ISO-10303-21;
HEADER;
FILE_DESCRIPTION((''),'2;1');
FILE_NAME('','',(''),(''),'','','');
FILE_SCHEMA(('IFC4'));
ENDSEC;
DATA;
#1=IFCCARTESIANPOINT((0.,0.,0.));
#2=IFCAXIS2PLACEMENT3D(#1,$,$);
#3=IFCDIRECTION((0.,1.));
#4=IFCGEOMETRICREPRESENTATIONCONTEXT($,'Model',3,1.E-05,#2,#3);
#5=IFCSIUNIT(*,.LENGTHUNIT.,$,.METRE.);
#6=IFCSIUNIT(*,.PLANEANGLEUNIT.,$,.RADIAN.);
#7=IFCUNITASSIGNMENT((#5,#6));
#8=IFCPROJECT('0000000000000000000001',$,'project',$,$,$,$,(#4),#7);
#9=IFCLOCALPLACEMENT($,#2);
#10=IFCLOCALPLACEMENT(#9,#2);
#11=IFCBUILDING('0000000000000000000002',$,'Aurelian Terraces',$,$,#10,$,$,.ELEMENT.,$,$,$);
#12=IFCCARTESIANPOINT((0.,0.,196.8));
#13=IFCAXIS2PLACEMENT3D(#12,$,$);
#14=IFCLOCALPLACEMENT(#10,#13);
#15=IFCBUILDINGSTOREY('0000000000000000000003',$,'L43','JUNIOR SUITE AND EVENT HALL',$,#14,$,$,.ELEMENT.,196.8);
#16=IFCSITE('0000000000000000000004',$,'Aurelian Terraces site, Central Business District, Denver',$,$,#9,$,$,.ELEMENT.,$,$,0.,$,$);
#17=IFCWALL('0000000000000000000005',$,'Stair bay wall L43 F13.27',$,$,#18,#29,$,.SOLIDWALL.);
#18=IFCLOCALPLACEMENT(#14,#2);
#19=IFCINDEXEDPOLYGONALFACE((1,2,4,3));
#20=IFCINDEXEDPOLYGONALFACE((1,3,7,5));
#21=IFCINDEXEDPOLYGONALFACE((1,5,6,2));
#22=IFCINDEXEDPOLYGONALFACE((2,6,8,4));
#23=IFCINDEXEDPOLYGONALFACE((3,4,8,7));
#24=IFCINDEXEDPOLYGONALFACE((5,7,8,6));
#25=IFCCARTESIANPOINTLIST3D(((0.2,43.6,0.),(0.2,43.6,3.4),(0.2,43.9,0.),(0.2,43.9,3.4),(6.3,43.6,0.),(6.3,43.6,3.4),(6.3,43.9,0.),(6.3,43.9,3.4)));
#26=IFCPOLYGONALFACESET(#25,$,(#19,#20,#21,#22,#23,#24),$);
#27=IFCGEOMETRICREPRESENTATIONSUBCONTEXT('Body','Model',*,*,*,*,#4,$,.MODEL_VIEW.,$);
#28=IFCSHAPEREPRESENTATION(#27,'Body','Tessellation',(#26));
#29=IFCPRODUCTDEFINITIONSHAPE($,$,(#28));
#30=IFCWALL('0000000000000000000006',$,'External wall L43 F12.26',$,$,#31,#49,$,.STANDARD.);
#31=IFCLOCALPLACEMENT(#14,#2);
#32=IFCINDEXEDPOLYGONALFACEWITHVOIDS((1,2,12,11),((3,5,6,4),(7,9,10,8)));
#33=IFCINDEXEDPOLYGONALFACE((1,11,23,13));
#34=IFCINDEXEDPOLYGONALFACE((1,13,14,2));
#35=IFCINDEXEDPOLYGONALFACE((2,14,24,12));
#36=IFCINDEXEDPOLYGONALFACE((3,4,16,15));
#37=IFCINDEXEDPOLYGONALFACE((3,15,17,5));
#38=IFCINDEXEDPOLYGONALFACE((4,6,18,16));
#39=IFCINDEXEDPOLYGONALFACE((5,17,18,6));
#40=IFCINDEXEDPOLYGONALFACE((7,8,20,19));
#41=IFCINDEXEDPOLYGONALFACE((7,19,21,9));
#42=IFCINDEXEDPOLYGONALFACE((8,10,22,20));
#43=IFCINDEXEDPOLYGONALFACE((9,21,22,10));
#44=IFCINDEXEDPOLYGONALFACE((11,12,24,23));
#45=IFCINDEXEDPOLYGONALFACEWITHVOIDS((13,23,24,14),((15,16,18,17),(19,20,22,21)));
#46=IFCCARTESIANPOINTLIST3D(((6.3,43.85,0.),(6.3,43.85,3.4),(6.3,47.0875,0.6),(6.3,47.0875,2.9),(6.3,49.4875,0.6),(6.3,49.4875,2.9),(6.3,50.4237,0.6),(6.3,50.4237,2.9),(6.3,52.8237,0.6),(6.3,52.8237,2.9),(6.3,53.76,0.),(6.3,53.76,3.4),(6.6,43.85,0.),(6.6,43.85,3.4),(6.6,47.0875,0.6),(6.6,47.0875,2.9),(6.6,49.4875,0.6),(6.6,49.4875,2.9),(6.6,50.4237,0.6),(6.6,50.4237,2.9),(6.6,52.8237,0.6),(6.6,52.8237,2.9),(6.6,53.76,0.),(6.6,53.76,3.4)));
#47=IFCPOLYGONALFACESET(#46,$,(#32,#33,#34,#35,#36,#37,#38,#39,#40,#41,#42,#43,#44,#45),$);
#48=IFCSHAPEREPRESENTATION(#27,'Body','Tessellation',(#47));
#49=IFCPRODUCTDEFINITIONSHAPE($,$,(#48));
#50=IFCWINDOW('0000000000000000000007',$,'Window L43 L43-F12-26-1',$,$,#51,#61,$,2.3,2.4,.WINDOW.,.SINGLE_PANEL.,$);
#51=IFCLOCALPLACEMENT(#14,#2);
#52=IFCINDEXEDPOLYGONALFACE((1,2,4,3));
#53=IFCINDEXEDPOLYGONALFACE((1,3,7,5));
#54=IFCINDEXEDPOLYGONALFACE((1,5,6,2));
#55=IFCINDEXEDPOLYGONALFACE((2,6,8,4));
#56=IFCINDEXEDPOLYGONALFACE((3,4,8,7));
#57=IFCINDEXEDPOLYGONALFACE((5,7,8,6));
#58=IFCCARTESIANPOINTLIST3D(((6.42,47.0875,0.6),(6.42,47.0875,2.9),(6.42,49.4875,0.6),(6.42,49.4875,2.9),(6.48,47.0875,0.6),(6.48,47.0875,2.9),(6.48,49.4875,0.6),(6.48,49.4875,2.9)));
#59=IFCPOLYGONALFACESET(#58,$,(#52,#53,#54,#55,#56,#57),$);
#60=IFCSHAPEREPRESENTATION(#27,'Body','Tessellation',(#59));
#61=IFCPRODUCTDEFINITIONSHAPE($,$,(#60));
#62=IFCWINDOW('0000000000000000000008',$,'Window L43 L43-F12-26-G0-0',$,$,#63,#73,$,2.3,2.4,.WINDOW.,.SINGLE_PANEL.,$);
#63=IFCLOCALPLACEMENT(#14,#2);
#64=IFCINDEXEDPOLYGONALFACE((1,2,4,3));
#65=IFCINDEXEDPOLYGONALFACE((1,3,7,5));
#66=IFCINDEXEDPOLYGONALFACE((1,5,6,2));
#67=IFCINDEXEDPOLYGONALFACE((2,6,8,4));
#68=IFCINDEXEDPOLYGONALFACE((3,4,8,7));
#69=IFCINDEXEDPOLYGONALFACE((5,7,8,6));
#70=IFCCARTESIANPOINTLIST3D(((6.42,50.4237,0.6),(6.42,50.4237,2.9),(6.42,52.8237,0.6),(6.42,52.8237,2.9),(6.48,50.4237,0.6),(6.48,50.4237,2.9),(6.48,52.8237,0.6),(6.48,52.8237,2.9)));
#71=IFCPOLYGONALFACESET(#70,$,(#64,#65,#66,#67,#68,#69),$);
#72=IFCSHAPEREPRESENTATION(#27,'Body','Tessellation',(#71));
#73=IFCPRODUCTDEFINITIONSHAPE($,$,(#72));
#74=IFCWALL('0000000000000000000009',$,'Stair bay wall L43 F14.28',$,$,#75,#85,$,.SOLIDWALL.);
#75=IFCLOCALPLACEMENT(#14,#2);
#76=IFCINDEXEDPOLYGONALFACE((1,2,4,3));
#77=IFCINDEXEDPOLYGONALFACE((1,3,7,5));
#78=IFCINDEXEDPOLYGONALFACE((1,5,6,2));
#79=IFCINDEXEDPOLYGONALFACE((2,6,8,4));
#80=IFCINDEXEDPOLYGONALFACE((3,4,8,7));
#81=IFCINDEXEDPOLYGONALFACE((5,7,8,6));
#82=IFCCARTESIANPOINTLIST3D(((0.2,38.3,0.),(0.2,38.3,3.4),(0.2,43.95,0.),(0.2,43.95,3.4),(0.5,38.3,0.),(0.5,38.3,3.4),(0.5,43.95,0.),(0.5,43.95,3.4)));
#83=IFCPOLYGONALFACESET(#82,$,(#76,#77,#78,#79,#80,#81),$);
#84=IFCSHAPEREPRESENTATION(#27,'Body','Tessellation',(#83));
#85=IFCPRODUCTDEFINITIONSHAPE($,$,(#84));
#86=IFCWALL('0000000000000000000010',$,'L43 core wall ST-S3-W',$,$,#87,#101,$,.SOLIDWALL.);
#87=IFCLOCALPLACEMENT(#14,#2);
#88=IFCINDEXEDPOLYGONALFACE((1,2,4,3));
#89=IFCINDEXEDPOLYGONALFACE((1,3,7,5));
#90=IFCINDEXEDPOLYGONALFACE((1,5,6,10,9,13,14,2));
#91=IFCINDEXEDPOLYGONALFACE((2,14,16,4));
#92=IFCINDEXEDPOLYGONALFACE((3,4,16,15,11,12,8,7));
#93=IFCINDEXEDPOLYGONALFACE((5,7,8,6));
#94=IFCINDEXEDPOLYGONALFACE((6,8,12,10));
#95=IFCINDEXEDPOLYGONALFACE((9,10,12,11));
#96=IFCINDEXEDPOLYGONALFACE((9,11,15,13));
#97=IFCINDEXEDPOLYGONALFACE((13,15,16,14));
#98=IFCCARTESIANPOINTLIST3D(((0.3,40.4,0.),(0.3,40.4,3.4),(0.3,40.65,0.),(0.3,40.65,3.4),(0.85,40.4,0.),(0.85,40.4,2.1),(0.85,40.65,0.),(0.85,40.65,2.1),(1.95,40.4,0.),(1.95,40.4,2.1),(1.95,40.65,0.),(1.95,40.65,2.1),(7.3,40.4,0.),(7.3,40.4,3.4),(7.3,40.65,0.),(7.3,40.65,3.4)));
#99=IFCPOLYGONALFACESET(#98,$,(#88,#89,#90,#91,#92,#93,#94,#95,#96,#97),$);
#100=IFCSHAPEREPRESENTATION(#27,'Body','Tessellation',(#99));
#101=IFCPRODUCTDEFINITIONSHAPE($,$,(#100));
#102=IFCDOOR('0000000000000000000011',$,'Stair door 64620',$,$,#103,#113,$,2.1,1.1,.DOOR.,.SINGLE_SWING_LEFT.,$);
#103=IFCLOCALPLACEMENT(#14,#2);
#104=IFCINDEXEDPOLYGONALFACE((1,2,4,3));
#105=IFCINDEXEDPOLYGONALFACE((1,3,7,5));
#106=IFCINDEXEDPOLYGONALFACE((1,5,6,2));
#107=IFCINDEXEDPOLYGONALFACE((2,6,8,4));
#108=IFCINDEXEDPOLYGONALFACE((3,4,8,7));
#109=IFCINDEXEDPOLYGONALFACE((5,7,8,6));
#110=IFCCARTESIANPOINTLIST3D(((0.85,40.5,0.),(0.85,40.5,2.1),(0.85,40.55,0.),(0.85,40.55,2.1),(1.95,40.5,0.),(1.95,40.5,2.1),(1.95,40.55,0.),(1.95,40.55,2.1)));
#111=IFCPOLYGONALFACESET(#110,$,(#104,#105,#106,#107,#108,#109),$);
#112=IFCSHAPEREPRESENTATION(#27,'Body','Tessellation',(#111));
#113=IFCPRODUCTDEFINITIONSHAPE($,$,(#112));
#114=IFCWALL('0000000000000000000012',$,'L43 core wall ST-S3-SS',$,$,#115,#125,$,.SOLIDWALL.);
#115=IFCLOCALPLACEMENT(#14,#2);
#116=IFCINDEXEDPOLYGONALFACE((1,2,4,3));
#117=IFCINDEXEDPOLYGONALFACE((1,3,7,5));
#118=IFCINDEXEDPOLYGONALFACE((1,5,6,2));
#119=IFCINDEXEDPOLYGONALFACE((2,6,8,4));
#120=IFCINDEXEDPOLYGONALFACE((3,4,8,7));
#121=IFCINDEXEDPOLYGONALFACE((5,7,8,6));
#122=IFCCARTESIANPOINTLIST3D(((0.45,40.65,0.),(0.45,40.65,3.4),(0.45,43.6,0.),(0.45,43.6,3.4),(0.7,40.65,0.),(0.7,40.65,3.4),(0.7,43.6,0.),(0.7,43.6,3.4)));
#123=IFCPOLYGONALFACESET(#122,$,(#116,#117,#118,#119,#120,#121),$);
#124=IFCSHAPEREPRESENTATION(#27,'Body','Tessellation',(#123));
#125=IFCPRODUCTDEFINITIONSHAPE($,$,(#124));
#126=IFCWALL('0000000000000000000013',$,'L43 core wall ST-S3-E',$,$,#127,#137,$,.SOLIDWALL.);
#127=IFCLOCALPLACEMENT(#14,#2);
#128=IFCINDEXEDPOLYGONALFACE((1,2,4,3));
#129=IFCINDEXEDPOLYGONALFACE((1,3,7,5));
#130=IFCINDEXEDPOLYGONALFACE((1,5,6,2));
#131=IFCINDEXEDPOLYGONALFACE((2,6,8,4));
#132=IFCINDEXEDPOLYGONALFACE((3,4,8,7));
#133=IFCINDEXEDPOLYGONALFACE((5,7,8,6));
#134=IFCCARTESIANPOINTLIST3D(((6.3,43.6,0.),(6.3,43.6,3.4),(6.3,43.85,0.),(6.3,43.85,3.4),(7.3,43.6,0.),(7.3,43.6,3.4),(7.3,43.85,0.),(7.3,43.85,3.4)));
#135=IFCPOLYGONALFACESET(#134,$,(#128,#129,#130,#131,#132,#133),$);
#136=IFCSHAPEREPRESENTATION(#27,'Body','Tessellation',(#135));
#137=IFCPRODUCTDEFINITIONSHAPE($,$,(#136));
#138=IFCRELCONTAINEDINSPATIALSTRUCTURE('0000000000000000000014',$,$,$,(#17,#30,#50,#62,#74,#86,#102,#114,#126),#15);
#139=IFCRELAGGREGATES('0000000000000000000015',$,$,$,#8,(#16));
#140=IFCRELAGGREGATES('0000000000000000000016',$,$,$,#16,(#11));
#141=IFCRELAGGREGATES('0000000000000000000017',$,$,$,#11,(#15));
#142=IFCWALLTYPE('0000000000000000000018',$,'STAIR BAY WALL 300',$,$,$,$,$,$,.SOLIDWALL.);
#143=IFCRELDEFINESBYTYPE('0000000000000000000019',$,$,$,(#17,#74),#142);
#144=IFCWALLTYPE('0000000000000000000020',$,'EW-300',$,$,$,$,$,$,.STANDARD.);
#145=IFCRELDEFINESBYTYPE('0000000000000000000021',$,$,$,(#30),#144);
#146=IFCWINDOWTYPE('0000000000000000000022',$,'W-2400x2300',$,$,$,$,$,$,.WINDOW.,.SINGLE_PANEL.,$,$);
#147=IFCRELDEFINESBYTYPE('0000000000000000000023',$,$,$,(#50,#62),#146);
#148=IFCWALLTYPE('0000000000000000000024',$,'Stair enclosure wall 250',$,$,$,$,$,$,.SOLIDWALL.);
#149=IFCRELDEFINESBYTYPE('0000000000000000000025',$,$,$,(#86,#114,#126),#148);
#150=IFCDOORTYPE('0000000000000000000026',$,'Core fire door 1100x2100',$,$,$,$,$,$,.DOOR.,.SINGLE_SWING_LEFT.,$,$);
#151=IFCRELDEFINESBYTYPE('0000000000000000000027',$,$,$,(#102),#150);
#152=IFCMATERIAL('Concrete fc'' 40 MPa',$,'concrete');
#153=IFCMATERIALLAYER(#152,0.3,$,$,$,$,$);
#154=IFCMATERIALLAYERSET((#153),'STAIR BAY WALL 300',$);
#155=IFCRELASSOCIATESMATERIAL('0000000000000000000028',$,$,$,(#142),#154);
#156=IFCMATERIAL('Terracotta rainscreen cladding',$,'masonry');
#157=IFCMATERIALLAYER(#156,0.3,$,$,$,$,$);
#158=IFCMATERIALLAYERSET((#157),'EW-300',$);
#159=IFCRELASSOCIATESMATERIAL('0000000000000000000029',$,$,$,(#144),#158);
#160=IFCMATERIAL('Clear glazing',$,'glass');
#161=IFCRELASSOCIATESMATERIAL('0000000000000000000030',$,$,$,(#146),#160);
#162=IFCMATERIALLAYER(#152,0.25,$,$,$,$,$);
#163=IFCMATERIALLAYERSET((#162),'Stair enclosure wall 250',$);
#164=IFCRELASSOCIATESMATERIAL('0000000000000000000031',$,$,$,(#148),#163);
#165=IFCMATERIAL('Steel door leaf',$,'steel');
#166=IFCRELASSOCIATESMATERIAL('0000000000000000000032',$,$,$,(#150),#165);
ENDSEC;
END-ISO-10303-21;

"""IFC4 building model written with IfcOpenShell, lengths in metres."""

from ifc_helpers import new_model, si_unit, direction, frame, frame_2d, origin, place, context, subcontext, project, spatial, rectangle, extrude, source, transform, mapped, material, layer, layer_set, type_object, element, fill, save


model = new_model("IFC4")

# Units and contexts
model_context = context("Model", 3, precision=1e-05, world=origin(), true_north=direction((0.0, 1.0)))
body_context = subcontext(model_context, "Body", "Model", "MODEL_VIEW")
ifc_project = project(units=[si_unit("LENGTHUNIT", "METRE"), si_unit("PLANEANGLEUNIT", "RADIAN")], contexts=[model_context])

# Site, building, storey
site_placement = place(None, origin())
site = spatial("IfcSite", under=ifc_project, at=site_placement, Name="Aurelian Terraces site, Central Business District, Denver", CompositionType="ELEMENT", RefElevation=0.0)
building_placement = place(site_placement, origin())
building = spatial("IfcBuilding", under=site, at=building_placement, Name="Aurelian Terraces", CompositionType="ELEMENT")
storey_placement = place(building_placement, frame((0.0, 0.0, 196.8)))
storey = spatial("IfcBuildingStorey", under=building, at=storey_placement, Name="L43", Description="JUNIOR SUITE AND EVENT HALL", CompositionType="ELEMENT", Elevation=196.8)

# Wall
ifc_material_1 = material(Name="Concrete fc' 40 MPa", Category="concrete")
ifc_layer_1 = layer(ifc_material_1, 0.3)
ifc_layer_set_1 = layer_set([ifc_layer_1], Name="STAIR BAY WALL 300")
wall_type_1 = type_object("IfcWallType", Name="STAIR BAY WALL 300", PredefinedType="SOLIDWALL", material=ifc_layer_set_1)
shared_shape_1 = source(origin(), body_context, "Body", "SweptSolid", [
    extrude(rectangle(XDim=6.1, YDim=0.3, at=frame_2d((3.05, 0.0))), origin(), (0.0, 0.0, 1.0), 3.4),
])
wall_1_placement = place(storey_placement, frame((6.3, 43.75, 0.0), z_axis=(0.0, 0.0, 1.0), x_axis=(-1.0, 0.0, 0.0)))
element("IfcWall", 1, at=wall_1_placement, inside=storey, type_object=wall_type_1, Name="Stair bay wall L43 F13.27", PredefinedType="SOLIDWALL", context=body_context, shape_type="MappedRepresentation", body=[
    mapped(shared_shape_1, transform((0.0, 0.0, 0.0), scale=1.0)),
])

# Wall, openings, windows
ifc_material_2 = material(Name="Terracotta rainscreen cladding", Category="masonry")
ifc_layer_2 = layer(ifc_material_2, 0.3)
ifc_layer_set_2 = layer_set([ifc_layer_2], Name="EW-300")
wall_type_2 = type_object("IfcWallType", Name="EW-300", PredefinedType="STANDARD", material=ifc_layer_set_2)
shared_shape_2 = source(origin(), body_context, "Body", "SweptSolid", [
    extrude(rectangle(XDim=9.91, YDim=0.3, at=frame_2d((4.955, 0.0))), origin(), (0.0, 0.0, 1.0), 3.4),
])
wall_2_placement = place(storey_placement, frame((6.45, 53.76, 0.0), z_axis=(0.0, 0.0, 1.0), x_axis=(0.0, -1.0, 0.0)))
wall_2 = element("IfcWall", 2, at=wall_2_placement, inside=storey, type_object=wall_type_2, Name="External wall L43 F12.26", PredefinedType="STANDARD", context=body_context, shape_type="MappedRepresentation", body=[
    mapped(shared_shape_2, transform((0.0, 0.0, 0.0), scale=1.0)),
])
shared_shape_3 = source(origin(), body_context, "Body", "SweptSolid", [
    extrude(rectangle(XDim=2.4, YDim=2.3, at=frame_2d((1.2, 1.15))), frame((0.0, 0.16, 0.0), z_axis=(0.0, -1.0, 0.0), x_axis=(1.0, 0.0, 0.0)), (0.0, 0.0, 1.0), 0.32),
])
opening_1_placement = place(wall_2_placement, frame((4.2725, 0.0, 0.6)))
opening_1 = element("IfcOpeningElement", 3, at=opening_1_placement, cuts=wall_2, PredefinedType="OPENING", context=body_context, shape_type="MappedRepresentation", body=[
    mapped(shared_shape_3, transform((0.0, 0.0, 0.0), scale=1.0)),
])
opening_2_placement = place(wall_2_placement, frame((0.9363, 0.0, 0.6)))
opening_2 = element("IfcOpeningElement", 4, at=opening_2_placement, cuts=wall_2, PredefinedType="OPENING", context=body_context, shape_type="MappedRepresentation", body=[
    mapped(shared_shape_3, transform((0.0, 0.0, 0.0), scale=1.0)),
])
ifc_material_3 = material(Name="Clear glazing", Category="glass")
window_type = type_object("IfcWindowType", Name="W-2400x2300", PartitioningType="SINGLE_PANEL", PredefinedType="WINDOW", material=ifc_material_3)
shared_shape_4 = source(origin(), body_context, "Body", "SweptSolid", [
    extrude(rectangle(XDim=2.4, YDim=2.3, at=frame_2d((1.2, 1.15))), frame((0.0, 0.03, 0.0), z_axis=(0.0, -1.0, 0.0), x_axis=(1.0, 0.0, 0.0)), (0.0, 0.0, 1.0), 0.06),
])
window_1_placement = place(opening_1_placement, origin())
window_1 = element("IfcWindow", 5, at=window_1_placement, inside=storey, type_object=window_type, Name="Window L43 L43-F12-26-1", OverallHeight=2.3, OverallWidth=2.4, PartitioningType="SINGLE_PANEL", PredefinedType="WINDOW", context=body_context, shape_type="MappedRepresentation", body=[
    mapped(shared_shape_4, transform((0.0, 0.0, 0.0), scale=1.0)),
])
fill(opening_1, window_1)
window_2_placement = place(opening_2_placement, origin())
window_2 = element("IfcWindow", 6, at=window_2_placement, inside=storey, type_object=window_type, Name="Window L43 L43-F12-26-G0-0", OverallHeight=2.3, OverallWidth=2.4, PartitioningType="SINGLE_PANEL", PredefinedType="WINDOW", context=body_context, shape_type="MappedRepresentation", body=[
    mapped(shared_shape_4, transform((0.0, 0.0, 0.0), scale=1.0)),
])
fill(opening_2, window_2)

# Wall
shared_shape_5 = source(origin(), body_context, "Body", "SweptSolid", [
    extrude(rectangle(XDim=5.65, YDim=0.3, at=frame_2d((2.825, 0.0))), origin(), (0.0, 0.0, 1.0), 3.4),
])
wall_3_placement = place(storey_placement, frame((0.35, 43.95, 0.0), z_axis=(0.0, 0.0, 1.0), x_axis=(0.0, -1.0, 0.0)))
element("IfcWall", 7, at=wall_3_placement, inside=storey, type_object=wall_type_1, Name="Stair bay wall L43 F14.28", PredefinedType="SOLIDWALL", context=body_context, shape_type="MappedRepresentation", body=[
    mapped(shared_shape_5, transform((0.0, 0.0, 0.0), scale=1.0)),
])

# Wall, opening, door
ifc_layer_3 = layer(ifc_material_1, 0.25)
ifc_layer_set_3 = layer_set([ifc_layer_3], Name="Stair enclosure wall 250")
wall_type_3 = type_object("IfcWallType", Name="Stair enclosure wall 250", PredefinedType="SOLIDWALL", material=ifc_layer_set_3)
shared_shape_6 = source(origin(), body_context, "Body", "SweptSolid", [
    extrude(rectangle(XDim=7.0, YDim=0.25, at=frame_2d((3.5, 0.0))), origin(), (0.0, 0.0, 1.0), 3.4),
])
wall_4_placement = place(storey_placement, frame((0.3, 40.525, 0.0), z_axis=(0.0, 0.0, 1.0), x_axis=(1.0, 0.0, 0.0)))
wall_4 = element("IfcWall", 8, at=wall_4_placement, inside=storey, type_object=wall_type_3, Name="L43 core wall ST-S3-W", PredefinedType="SOLIDWALL", context=body_context, shape_type="MappedRepresentation", body=[
    mapped(shared_shape_6, transform((0.0, 0.0, 0.0), scale=1.0)),
])
shared_shape_7 = source(origin(), body_context, "Body", "SweptSolid", [
    extrude(rectangle(XDim=1.1, YDim=2.1, at=frame_2d((0.55, 1.05))), frame((0.0, 0.135, 0.0), z_axis=(0.0, -1.0, 0.0), x_axis=(1.0, 0.0, 0.0)), (0.0, 0.0, 1.0), 0.27),
])
opening_3_placement = place(wall_4_placement, frame((0.55, 0.0, 0.0)))
opening_3 = element("IfcOpeningElement", 9, at=opening_3_placement, cuts=wall_4, PredefinedType="OPENING", context=body_context, shape_type="MappedRepresentation", body=[
    mapped(shared_shape_7, transform((0.0, 0.0, 0.0), scale=1.0)),
])
ifc_material_4 = material(Name="Steel door leaf", Category="steel")
door_type = type_object("IfcDoorType", Name="Core fire door 1100x2100", OperationType="SINGLE_SWING_LEFT", PredefinedType="DOOR", material=ifc_material_4)
shared_shape_8 = source(origin(), body_context, "Body", "SweptSolid", [
    extrude(rectangle(XDim=1.1, YDim=2.1, at=frame_2d((0.55, 1.05))), frame((0.0, 0.025, 0.0), z_axis=(0.0, -1.0, 0.0), x_axis=(1.0, 0.0, 0.0)), (0.0, 0.0, 1.0), 0.05),
])
door_placement = place(opening_3_placement, origin())
door = element("IfcDoor", 10, at=door_placement, inside=storey, type_object=door_type, Name="Stair door 64620", OperationType="SINGLE_SWING_LEFT", OverallHeight=2.1, OverallWidth=1.1, PredefinedType="DOOR", context=body_context, shape_type="MappedRepresentation", body=[
    mapped(shared_shape_8, transform((0.0, 0.0, 0.0), scale=1.0)),
])
fill(opening_3, door)

# Walls
shared_shape_9 = source(origin(), body_context, "Body", "SweptSolid", [
    extrude(rectangle(XDim=2.95, YDim=0.25, at=frame_2d((1.475, 0.0))), origin(), (0.0, 0.0, 1.0), 3.4),
])
wall_5_placement = place(storey_placement, frame((0.575, 40.65, 0.0), z_axis=(0.0, 0.0, 1.0), x_axis=(0.0, 1.0, 0.0)))
element("IfcWall", 11, at=wall_5_placement, inside=storey, type_object=wall_type_3, Name="L43 core wall ST-S3-SS", PredefinedType="SOLIDWALL", context=body_context, shape_type="MappedRepresentation", body=[
    mapped(shared_shape_9, transform((0.0, 0.0, 0.0), scale=1.0)),
])
shared_shape_10 = source(origin(), body_context, "Body", "SweptSolid", [
    extrude(rectangle(XDim=1.0, YDim=0.25, at=frame_2d((0.5, 0.0))), origin(), (0.0, 0.0, 1.0), 3.4),
])
wall_6_placement = place(storey_placement, frame((6.3, 43.725, 0.0), z_axis=(0.0, 0.0, 1.0), x_axis=(1.0, 0.0, 0.0)))
element("IfcWall", 12, at=wall_6_placement, inside=storey, type_object=wall_type_3, Name="L43 core wall ST-S3-E", PredefinedType="SOLIDWALL", context=body_context, shape_type="MappedRepresentation", body=[
    mapped(shared_shape_10, transform((0.0, 0.0, 0.0), scale=1.0)),
])

save(model, "model.ifc")
